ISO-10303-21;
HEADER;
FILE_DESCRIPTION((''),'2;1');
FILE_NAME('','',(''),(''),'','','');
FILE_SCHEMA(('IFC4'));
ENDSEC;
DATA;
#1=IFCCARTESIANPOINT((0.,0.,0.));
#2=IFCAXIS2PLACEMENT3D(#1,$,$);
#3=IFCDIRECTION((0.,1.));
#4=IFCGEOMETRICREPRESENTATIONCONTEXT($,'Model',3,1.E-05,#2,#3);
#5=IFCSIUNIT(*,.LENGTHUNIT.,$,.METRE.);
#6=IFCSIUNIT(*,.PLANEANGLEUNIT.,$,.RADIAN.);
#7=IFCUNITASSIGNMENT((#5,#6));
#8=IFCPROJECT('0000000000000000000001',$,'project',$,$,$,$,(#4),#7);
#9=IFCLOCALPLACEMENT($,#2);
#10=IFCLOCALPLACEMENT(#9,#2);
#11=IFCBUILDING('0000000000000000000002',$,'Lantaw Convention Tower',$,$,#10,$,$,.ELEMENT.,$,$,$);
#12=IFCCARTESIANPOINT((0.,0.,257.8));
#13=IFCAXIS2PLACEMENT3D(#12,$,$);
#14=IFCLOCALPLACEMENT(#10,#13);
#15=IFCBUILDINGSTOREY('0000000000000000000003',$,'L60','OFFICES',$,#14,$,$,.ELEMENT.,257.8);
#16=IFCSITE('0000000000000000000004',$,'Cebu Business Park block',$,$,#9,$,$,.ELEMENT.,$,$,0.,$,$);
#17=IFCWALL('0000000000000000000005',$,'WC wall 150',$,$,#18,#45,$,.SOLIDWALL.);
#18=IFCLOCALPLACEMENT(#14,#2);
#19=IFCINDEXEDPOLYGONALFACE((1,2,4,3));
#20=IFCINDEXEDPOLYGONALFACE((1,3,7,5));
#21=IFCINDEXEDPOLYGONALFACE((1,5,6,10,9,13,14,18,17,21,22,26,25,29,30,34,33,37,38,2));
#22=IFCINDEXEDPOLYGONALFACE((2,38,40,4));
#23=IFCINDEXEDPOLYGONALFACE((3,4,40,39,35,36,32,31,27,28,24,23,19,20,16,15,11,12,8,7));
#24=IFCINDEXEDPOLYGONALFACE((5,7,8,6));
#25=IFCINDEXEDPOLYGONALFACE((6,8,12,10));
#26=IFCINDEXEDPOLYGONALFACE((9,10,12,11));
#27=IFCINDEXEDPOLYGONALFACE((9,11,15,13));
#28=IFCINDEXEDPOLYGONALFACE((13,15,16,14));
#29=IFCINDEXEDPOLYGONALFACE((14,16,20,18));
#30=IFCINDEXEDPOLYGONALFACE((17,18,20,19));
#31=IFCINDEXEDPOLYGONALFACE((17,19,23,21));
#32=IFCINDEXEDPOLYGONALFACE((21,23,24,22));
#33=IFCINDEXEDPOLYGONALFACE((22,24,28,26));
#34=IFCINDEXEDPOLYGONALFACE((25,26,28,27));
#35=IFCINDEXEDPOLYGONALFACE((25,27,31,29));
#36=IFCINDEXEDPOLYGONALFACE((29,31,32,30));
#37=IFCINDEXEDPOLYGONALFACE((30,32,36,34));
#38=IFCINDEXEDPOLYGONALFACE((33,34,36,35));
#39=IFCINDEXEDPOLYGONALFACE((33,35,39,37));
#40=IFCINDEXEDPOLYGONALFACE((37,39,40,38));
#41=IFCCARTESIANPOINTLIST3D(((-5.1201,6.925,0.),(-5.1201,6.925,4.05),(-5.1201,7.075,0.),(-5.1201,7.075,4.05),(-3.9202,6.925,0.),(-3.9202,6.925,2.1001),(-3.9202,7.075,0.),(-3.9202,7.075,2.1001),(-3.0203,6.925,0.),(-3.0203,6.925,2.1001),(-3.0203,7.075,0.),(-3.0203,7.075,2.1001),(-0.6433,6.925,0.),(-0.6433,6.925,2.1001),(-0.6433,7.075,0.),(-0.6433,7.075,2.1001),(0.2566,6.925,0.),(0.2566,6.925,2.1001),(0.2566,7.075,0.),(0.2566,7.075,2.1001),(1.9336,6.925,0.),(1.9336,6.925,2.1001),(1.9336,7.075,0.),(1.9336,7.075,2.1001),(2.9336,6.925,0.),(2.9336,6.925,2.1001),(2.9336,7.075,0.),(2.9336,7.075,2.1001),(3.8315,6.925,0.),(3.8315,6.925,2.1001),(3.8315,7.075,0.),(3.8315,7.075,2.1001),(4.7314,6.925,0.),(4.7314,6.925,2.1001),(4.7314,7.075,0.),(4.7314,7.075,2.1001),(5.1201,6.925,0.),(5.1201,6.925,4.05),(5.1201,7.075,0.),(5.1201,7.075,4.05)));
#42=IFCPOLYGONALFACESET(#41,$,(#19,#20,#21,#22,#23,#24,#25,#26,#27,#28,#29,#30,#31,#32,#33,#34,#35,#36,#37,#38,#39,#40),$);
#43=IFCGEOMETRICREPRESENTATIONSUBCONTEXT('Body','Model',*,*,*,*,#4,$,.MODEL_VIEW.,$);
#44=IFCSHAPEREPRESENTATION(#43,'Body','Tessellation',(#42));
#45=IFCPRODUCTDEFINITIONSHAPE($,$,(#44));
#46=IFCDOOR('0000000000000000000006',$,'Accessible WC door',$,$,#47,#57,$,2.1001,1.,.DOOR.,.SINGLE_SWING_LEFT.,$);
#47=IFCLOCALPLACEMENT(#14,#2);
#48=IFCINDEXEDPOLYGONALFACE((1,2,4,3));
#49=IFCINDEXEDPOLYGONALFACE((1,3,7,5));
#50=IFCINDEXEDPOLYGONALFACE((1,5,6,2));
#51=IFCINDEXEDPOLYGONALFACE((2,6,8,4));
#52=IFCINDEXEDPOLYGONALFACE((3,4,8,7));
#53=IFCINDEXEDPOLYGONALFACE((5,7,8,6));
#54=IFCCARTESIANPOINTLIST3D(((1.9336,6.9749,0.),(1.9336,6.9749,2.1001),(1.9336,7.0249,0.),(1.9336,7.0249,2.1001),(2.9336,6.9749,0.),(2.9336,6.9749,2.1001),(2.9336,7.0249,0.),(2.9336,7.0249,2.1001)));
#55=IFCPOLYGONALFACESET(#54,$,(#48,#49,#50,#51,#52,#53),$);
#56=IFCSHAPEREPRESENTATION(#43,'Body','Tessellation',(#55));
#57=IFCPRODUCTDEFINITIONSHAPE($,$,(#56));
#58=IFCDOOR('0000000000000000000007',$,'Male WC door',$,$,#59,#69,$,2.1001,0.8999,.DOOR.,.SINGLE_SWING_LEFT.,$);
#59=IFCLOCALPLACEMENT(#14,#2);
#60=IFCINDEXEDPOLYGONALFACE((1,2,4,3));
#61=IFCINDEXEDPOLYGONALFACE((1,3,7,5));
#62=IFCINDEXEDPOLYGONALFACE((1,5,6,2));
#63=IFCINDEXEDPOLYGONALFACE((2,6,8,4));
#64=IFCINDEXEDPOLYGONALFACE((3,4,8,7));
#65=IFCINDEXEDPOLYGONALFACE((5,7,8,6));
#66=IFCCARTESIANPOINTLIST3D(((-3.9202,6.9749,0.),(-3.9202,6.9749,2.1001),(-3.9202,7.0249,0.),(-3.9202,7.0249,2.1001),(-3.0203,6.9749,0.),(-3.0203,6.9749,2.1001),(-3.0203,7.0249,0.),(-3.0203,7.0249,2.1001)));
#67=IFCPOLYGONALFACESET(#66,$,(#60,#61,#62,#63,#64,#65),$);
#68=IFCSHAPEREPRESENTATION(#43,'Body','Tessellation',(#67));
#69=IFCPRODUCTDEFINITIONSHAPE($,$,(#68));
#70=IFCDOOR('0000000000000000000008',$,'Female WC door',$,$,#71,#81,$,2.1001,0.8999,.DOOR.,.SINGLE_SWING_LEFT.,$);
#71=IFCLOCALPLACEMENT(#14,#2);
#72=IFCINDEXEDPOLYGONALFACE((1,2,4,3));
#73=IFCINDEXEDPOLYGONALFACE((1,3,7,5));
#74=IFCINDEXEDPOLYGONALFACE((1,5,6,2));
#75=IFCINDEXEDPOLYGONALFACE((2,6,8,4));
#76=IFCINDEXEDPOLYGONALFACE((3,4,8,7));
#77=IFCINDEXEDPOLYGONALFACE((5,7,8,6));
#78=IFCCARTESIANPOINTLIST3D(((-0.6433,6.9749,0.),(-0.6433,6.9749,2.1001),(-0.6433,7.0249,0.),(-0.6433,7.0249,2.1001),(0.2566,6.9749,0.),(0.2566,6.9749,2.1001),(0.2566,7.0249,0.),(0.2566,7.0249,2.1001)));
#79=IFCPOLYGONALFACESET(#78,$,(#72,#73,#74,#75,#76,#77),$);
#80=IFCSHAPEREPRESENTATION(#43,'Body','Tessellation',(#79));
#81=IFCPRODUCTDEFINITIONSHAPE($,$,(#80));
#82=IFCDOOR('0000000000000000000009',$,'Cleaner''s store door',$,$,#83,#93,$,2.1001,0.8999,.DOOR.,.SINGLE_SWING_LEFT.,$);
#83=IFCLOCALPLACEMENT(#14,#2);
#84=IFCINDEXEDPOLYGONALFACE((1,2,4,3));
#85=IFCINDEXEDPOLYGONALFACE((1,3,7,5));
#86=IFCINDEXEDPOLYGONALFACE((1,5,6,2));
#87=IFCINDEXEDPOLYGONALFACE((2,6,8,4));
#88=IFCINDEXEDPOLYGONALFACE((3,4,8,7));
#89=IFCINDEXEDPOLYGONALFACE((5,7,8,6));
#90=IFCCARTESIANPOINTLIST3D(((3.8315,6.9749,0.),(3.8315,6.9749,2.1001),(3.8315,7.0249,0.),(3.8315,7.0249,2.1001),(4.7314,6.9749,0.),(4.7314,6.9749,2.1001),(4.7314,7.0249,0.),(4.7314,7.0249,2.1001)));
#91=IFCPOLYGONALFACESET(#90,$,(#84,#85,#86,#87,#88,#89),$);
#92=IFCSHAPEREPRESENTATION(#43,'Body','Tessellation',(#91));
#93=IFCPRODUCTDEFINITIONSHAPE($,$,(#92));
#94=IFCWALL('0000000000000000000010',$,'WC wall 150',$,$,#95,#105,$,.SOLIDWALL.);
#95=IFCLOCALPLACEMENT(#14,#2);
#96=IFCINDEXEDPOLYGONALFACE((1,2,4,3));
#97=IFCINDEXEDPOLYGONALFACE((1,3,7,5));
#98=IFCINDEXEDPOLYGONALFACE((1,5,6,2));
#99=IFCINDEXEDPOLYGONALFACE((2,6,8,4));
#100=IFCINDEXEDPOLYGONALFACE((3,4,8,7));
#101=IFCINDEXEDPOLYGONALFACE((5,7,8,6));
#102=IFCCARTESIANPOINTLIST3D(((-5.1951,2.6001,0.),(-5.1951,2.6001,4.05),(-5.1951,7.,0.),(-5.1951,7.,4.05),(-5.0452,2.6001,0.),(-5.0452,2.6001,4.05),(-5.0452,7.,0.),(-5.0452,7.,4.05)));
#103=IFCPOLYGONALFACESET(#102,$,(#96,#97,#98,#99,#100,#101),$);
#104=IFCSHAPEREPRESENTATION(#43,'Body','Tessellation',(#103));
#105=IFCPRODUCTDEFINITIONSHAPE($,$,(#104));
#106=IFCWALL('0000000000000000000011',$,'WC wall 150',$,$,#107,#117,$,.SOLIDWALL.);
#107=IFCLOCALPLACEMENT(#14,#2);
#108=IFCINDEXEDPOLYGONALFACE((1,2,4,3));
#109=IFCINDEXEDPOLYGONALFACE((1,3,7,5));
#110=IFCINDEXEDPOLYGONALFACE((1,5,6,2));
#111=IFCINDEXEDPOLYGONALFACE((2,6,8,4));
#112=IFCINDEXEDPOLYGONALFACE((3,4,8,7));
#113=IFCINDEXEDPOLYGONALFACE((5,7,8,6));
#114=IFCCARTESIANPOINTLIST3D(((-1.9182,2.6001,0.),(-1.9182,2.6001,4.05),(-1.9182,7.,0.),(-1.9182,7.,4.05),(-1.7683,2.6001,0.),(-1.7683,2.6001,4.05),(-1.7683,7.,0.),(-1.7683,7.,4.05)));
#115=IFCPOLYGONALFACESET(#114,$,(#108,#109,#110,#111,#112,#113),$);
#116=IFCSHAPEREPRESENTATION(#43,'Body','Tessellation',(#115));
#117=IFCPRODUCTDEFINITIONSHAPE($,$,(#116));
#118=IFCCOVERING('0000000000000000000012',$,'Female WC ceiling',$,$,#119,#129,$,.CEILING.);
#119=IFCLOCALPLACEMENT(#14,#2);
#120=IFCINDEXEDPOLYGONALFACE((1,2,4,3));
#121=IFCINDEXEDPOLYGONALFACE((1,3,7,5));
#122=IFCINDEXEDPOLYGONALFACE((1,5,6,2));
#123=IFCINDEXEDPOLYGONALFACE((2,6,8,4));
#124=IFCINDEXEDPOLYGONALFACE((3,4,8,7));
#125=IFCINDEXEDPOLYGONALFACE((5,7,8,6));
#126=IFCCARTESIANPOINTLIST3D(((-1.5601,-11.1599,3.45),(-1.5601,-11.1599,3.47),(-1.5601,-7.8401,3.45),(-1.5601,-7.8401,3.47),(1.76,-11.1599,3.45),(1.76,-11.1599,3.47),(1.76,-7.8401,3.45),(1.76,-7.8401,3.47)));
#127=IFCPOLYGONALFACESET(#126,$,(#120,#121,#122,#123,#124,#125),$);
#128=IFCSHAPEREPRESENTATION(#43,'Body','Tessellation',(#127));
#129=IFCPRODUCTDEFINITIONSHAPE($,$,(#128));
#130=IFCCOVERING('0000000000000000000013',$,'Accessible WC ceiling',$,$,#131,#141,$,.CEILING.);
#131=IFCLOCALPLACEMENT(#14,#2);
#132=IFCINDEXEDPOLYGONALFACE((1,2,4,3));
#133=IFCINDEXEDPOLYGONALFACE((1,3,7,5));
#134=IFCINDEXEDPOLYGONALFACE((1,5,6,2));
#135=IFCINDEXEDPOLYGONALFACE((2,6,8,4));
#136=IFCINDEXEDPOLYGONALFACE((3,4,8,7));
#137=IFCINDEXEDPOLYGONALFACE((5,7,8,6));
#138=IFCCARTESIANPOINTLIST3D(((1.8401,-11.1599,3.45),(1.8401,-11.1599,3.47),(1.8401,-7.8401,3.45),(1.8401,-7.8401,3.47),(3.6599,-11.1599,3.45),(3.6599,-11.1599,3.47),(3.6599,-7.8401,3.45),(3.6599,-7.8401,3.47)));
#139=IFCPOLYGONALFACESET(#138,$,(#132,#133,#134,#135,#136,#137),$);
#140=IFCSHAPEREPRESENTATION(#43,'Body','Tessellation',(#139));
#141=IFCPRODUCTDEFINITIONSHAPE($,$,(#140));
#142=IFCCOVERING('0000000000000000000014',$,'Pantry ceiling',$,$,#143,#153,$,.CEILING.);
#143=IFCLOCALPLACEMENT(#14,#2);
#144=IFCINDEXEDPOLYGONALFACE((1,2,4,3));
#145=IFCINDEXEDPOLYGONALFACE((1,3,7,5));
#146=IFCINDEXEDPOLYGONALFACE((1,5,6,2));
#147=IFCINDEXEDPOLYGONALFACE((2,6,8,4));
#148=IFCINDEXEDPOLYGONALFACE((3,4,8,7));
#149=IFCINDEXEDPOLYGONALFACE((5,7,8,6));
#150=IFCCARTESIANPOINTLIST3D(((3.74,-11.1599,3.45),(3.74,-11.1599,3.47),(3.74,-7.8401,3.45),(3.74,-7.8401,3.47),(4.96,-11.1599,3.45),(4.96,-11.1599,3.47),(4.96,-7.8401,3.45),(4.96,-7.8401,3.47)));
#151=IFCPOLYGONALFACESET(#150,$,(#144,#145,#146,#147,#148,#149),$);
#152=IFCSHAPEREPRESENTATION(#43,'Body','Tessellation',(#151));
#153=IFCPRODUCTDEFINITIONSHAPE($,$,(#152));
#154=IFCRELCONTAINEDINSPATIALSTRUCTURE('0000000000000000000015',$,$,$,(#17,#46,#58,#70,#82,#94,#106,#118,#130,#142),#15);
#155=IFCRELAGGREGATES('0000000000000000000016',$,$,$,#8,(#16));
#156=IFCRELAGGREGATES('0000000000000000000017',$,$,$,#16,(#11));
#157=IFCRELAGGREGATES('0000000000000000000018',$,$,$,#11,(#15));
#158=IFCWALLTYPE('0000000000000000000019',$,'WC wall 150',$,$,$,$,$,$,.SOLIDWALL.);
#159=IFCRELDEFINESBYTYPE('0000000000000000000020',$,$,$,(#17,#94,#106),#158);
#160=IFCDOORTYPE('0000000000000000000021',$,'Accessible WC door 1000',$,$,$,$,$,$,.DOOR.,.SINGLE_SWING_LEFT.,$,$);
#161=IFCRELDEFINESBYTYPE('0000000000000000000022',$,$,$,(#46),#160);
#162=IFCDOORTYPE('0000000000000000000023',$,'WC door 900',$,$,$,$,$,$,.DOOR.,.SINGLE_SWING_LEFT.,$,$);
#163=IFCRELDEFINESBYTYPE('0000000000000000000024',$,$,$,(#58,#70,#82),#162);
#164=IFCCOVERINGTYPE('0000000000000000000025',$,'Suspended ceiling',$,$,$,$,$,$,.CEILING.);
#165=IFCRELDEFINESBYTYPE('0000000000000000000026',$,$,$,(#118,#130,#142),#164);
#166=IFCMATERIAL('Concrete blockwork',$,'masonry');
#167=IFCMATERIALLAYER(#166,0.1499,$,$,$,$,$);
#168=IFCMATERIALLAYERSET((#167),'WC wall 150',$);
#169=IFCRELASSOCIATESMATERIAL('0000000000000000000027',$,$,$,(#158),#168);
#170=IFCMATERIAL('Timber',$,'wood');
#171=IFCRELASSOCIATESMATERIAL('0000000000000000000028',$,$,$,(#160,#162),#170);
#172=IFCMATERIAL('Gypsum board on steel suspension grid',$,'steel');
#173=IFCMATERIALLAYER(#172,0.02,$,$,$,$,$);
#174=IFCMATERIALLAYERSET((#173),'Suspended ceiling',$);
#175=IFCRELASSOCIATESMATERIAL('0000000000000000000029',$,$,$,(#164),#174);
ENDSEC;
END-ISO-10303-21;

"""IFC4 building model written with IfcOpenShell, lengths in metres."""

from ifc_helpers import new_model, si_unit, direction, frame, frame_2d, origin, place, context, subcontext, project, spatial, polyline, rectangle, outline, extrude, material, layer, layer_set, type_object, element, fill, save


model = new_model("IFC4")

# Units and contexts
model_context = context("Model", 3, precision=1e-05, world=origin(), true_north=direction((0.0, 1.0)))
body_context = subcontext(model_context, "Body", "Model", "MODEL_VIEW")
ifc_project = project(units=[si_unit("LENGTHUNIT", "METRE"), si_unit("PLANEANGLEUNIT", "RADIAN")], contexts=[model_context])

# Site, building, storey
site_placement = place(None, origin())
site = spatial("IfcSite", under=ifc_project, at=site_placement, Name="Cebu Business Park block", CompositionType="ELEMENT", RefElevation=0.0)
building_placement = place(site_placement, origin())
building = spatial("IfcBuilding", under=site, at=building_placement, Name="Lantaw Convention Tower", CompositionType="ELEMENT")
storey_placement = place(building_placement, frame((0.0, 0.0, 257.8)))
storey = spatial("IfcBuildingStorey", under=building, at=storey_placement, Name="L60", Description="OFFICES", CompositionType="ELEMENT", Elevation=257.8)

# Wall, openings, doors
ifc_material_1 = material(Name="Concrete blockwork", Category="masonry")
ifc_layer_1 = layer(ifc_material_1, 0.1499)
ifc_layer_set_1 = layer_set([ifc_layer_1], Name="WC wall 150")
wall_type_1 = type_object("IfcWallType", Name="WC wall 150", PredefinedType="SOLIDWALL", material=ifc_layer_set_1)
wall_1_placement = place(storey_placement, frame((-5.1201, 7.0, 0.0), z_axis=(0.0, 0.0, 1.0), x_axis=(1.0, 0.0, 0.0)))
wall_1 = element("IfcWall", 1, at=wall_1_placement, inside=storey, type_object=wall_type_1, Name="WC wall 150", PredefinedType="SOLIDWALL", context=body_context, shape_type="SweptSolid", body=[
    extrude(rectangle(XDim=10.2402, YDim=0.1499, at=frame_2d((5.1201, 0.0))), origin(), (0.0, 0.0, 1.0), 4.05),
])
opening_1_placement = place(wall_1_placement, frame((1.2, 0.0, 0.0)))
opening_1 = element("IfcOpeningElement", 2, at=opening_1_placement, cuts=wall_1, PredefinedType="OPENING", context=body_context, shape_type="SweptSolid", body=[
    extrude(rectangle(XDim=0.8999, YDim=2.1001, at=frame_2d((0.45, 1.05))), frame((0.0, 0.085, 0.0), z_axis=(0.0, -1.0, 0.0), x_axis=(1.0, 0.0, 0.0)), (0.0, 0.0, 1.0), 0.1699),
])
opening_2_placement = place(wall_1_placement, frame((4.4768, 0.0, 0.0)))
opening_2 = element("IfcOpeningElement", 3, at=opening_2_placement, cuts=wall_1, PredefinedType="OPENING", context=body_context, shape_type="SweptSolid", body=[
    extrude(rectangle(XDim=0.8999, YDim=2.1001, at=frame_2d((0.45, 1.05))), frame((0.0, 0.085, 0.0), z_axis=(0.0, -1.0, 0.0), x_axis=(1.0, 0.0, 0.0)), (0.0, 0.0, 1.0), 0.1699),
])
opening_3_placement = place(wall_1_placement, frame((7.0537, 0.0, 0.0)))
opening_3 = element("IfcOpeningElement", 4, at=opening_3_placement, cuts=wall_1, PredefinedType="OPENING", context=body_context, shape_type="SweptSolid", body=[
    extrude(rectangle(XDim=1.0, YDim=2.1001, at=frame_2d((0.5, 1.05))), frame((0.0, 0.085, 0.0), z_axis=(0.0, -1.0, 0.0), x_axis=(1.0, 0.0, 0.0)), (0.0, 0.0, 1.0), 0.1699),
])
opening_4_placement = place(wall_1_placement, frame((8.9517, 0.0, 0.0)))
opening_4 = element("IfcOpeningElement", 5, at=opening_4_placement, cuts=wall_1, PredefinedType="OPENING", context=body_context, shape_type="SweptSolid", body=[
    extrude(rectangle(XDim=0.8999, YDim=2.1001, at=frame_2d((0.45, 1.05))), frame((0.0, 0.085, 0.0), z_axis=(0.0, -1.0, 0.0), x_axis=(1.0, 0.0, 0.0)), (0.0, 0.0, 1.0), 0.1699),
])
ifc_material_2 = material(Name="Timber", Category="wood")
door_type_1 = type_object("IfcDoorType", Name="Accessible WC door 1000", OperationType="SINGLE_SWING_LEFT", PredefinedType="DOOR", material=ifc_material_2)
door_1_placement = place(opening_3_placement, origin())
door_1 = element("IfcDoor", 6, at=door_1_placement, inside=storey, type_object=door_type_1, Name="Accessible WC door", OperationType="SINGLE_SWING_LEFT", OverallHeight=2.1001, OverallWidth=1.0, PredefinedType="DOOR", context=body_context, shape_type="SweptSolid", body=[
    extrude(rectangle(XDim=1.0, YDim=2.1001, at=frame_2d((0.5, 1.05))), frame((0.0, 0.0249, 0.0), z_axis=(0.0, -1.0, 0.0), x_axis=(1.0, 0.0, 0.0)), (0.0, 0.0, 1.0), 0.05),
])
fill(opening_3, door_1)
door_type_2 = type_object("IfcDoorType", Name="WC door 900", OperationType="SINGLE_SWING_LEFT", PredefinedType="DOOR", material=ifc_material_2)
door_2_placement = place(opening_1_placement, origin())
door_2 = element("IfcDoor", 7, at=door_2_placement, inside=storey, type_object=door_type_2, Name="Male WC door", OperationType="SINGLE_SWING_LEFT", OverallHeight=2.1001, OverallWidth=0.8999, PredefinedType="DOOR", context=body_context, shape_type="SweptSolid", body=[
    extrude(rectangle(XDim=0.8999, YDim=2.1001, at=frame_2d((0.45, 1.05))), frame((0.0, 0.0249, 0.0), z_axis=(0.0, -1.0, 0.0), x_axis=(1.0, 0.0, 0.0)), (0.0, 0.0, 1.0), 0.05),
])
fill(opening_1, door_2)
door_3_placement = place(opening_2_placement, origin())
door_3 = element("IfcDoor", 8, at=door_3_placement, inside=storey, type_object=door_type_2, Name="Female WC door", OperationType="SINGLE_SWING_LEFT", OverallHeight=2.1001, OverallWidth=0.8999, PredefinedType="DOOR", context=body_context, shape_type="SweptSolid", body=[
    extrude(rectangle(XDim=0.8999, YDim=2.1001, at=frame_2d((0.45, 1.05))), frame((0.0, 0.0249, 0.0), z_axis=(0.0, -1.0, 0.0), x_axis=(1.0, 0.0, 0.0)), (0.0, 0.0, 1.0), 0.05),
])
fill(opening_2, door_3)
door_4_placement = place(opening_4_placement, origin())
door_4 = element("IfcDoor", 9, at=door_4_placement, inside=storey, type_object=door_type_2, Name="Cleaner's store door", OperationType="SINGLE_SWING_LEFT", OverallHeight=2.1001, OverallWidth=0.8999, PredefinedType="DOOR", context=body_context, shape_type="SweptSolid", body=[
    extrude(rectangle(XDim=0.8999, YDim=2.1001, at=frame_2d((0.45, 1.05))), frame((0.0, 0.0249, 0.0), z_axis=(0.0, -1.0, 0.0), x_axis=(1.0, 0.0, 0.0)), (0.0, 0.0, 1.0), 0.05),
])
fill(opening_4, door_4)

# Walls
for number, where, z_axis, x_axis, name in (
    (10, (-5.1201, 2.6001, 0.0), (0.0, 0.0, 1.0), (0.0, 1.0, 0.0), "WC wall 150"),
    (11, (-1.8433, 2.6001, 0.0), (0.0, 0.0, 1.0), (0.0, 1.0, 0.0), "WC wall 150"),
):
    element("IfcWall", number, at=place(storey_placement, frame(where, z_axis=z_axis, x_axis=x_axis)), inside=storey, type_object=wall_type_1, Name=name, PredefinedType="SOLIDWALL", context=body_context, shape_type="SweptSolid", body=[
        extrude(rectangle(XDim=4.3999, YDim=0.1499, at=frame_2d((2.2, 0.0))), origin(), (0.0, 0.0, 1.0), 4.05),
    ])

# Coverings
ifc_material_3 = material(Name="Gypsum board on steel suspension grid", Category="steel")
ifc_layer_2 = layer(ifc_material_3, 0.02)
ifc_layer_set_2 = layer_set([ifc_layer_2], Name="Suspended ceiling")
covering_type = type_object("IfcCoveringType", Name="Suspended ceiling", PredefinedType="CEILING", material=ifc_layer_set_2)
covering_1_placement = place(storey_placement, frame((0.0, 0.0, 3.45)))
element("IfcCovering", 12, at=covering_1_placement, inside=storey, type_object=covering_type, Name="Female WC ceiling", PredefinedType="CEILING", context=body_context, shape_type="SweptSolid", body=[
    extrude(outline(polyline([(-1.5601, -11.1599), (1.76, -11.1599), (1.76, -7.8401), (-1.5601, -7.8401), (-1.5601, -11.1599)])), origin(), (0.0, 0.0, 1.0), 0.02),
])
covering_2_placement = place(storey_placement, frame((0.0, 0.0, 3.45)))
element("IfcCovering", 13, at=covering_2_placement, inside=storey, type_object=covering_type, Name="Accessible WC ceiling", PredefinedType="CEILING", context=body_context, shape_type="SweptSolid", body=[
    extrude(outline(polyline([(1.8401, -11.1599), (3.6599, -11.1599), (3.6599, -7.8401), (1.8401, -7.8401), (1.8401, -11.1599)])), origin(), (0.0, 0.0, 1.0), 0.02),
])
covering_3_placement = place(storey_placement, frame((0.0, 0.0, 3.45)))
element("IfcCovering", 14, at=covering_3_placement, inside=storey, type_object=covering_type, Name="Pantry ceiling", PredefinedType="CEILING", context=body_context, shape_type="SweptSolid", body=[
    extrude(outline(polyline([(3.74, -11.1599), (4.96, -11.1599), (4.96, -7.8401), (3.74, -7.8401), (3.74, -11.1599)])), origin(), (0.0, 0.0, 1.0), 0.02),
])

save(model, "model.ifc")
